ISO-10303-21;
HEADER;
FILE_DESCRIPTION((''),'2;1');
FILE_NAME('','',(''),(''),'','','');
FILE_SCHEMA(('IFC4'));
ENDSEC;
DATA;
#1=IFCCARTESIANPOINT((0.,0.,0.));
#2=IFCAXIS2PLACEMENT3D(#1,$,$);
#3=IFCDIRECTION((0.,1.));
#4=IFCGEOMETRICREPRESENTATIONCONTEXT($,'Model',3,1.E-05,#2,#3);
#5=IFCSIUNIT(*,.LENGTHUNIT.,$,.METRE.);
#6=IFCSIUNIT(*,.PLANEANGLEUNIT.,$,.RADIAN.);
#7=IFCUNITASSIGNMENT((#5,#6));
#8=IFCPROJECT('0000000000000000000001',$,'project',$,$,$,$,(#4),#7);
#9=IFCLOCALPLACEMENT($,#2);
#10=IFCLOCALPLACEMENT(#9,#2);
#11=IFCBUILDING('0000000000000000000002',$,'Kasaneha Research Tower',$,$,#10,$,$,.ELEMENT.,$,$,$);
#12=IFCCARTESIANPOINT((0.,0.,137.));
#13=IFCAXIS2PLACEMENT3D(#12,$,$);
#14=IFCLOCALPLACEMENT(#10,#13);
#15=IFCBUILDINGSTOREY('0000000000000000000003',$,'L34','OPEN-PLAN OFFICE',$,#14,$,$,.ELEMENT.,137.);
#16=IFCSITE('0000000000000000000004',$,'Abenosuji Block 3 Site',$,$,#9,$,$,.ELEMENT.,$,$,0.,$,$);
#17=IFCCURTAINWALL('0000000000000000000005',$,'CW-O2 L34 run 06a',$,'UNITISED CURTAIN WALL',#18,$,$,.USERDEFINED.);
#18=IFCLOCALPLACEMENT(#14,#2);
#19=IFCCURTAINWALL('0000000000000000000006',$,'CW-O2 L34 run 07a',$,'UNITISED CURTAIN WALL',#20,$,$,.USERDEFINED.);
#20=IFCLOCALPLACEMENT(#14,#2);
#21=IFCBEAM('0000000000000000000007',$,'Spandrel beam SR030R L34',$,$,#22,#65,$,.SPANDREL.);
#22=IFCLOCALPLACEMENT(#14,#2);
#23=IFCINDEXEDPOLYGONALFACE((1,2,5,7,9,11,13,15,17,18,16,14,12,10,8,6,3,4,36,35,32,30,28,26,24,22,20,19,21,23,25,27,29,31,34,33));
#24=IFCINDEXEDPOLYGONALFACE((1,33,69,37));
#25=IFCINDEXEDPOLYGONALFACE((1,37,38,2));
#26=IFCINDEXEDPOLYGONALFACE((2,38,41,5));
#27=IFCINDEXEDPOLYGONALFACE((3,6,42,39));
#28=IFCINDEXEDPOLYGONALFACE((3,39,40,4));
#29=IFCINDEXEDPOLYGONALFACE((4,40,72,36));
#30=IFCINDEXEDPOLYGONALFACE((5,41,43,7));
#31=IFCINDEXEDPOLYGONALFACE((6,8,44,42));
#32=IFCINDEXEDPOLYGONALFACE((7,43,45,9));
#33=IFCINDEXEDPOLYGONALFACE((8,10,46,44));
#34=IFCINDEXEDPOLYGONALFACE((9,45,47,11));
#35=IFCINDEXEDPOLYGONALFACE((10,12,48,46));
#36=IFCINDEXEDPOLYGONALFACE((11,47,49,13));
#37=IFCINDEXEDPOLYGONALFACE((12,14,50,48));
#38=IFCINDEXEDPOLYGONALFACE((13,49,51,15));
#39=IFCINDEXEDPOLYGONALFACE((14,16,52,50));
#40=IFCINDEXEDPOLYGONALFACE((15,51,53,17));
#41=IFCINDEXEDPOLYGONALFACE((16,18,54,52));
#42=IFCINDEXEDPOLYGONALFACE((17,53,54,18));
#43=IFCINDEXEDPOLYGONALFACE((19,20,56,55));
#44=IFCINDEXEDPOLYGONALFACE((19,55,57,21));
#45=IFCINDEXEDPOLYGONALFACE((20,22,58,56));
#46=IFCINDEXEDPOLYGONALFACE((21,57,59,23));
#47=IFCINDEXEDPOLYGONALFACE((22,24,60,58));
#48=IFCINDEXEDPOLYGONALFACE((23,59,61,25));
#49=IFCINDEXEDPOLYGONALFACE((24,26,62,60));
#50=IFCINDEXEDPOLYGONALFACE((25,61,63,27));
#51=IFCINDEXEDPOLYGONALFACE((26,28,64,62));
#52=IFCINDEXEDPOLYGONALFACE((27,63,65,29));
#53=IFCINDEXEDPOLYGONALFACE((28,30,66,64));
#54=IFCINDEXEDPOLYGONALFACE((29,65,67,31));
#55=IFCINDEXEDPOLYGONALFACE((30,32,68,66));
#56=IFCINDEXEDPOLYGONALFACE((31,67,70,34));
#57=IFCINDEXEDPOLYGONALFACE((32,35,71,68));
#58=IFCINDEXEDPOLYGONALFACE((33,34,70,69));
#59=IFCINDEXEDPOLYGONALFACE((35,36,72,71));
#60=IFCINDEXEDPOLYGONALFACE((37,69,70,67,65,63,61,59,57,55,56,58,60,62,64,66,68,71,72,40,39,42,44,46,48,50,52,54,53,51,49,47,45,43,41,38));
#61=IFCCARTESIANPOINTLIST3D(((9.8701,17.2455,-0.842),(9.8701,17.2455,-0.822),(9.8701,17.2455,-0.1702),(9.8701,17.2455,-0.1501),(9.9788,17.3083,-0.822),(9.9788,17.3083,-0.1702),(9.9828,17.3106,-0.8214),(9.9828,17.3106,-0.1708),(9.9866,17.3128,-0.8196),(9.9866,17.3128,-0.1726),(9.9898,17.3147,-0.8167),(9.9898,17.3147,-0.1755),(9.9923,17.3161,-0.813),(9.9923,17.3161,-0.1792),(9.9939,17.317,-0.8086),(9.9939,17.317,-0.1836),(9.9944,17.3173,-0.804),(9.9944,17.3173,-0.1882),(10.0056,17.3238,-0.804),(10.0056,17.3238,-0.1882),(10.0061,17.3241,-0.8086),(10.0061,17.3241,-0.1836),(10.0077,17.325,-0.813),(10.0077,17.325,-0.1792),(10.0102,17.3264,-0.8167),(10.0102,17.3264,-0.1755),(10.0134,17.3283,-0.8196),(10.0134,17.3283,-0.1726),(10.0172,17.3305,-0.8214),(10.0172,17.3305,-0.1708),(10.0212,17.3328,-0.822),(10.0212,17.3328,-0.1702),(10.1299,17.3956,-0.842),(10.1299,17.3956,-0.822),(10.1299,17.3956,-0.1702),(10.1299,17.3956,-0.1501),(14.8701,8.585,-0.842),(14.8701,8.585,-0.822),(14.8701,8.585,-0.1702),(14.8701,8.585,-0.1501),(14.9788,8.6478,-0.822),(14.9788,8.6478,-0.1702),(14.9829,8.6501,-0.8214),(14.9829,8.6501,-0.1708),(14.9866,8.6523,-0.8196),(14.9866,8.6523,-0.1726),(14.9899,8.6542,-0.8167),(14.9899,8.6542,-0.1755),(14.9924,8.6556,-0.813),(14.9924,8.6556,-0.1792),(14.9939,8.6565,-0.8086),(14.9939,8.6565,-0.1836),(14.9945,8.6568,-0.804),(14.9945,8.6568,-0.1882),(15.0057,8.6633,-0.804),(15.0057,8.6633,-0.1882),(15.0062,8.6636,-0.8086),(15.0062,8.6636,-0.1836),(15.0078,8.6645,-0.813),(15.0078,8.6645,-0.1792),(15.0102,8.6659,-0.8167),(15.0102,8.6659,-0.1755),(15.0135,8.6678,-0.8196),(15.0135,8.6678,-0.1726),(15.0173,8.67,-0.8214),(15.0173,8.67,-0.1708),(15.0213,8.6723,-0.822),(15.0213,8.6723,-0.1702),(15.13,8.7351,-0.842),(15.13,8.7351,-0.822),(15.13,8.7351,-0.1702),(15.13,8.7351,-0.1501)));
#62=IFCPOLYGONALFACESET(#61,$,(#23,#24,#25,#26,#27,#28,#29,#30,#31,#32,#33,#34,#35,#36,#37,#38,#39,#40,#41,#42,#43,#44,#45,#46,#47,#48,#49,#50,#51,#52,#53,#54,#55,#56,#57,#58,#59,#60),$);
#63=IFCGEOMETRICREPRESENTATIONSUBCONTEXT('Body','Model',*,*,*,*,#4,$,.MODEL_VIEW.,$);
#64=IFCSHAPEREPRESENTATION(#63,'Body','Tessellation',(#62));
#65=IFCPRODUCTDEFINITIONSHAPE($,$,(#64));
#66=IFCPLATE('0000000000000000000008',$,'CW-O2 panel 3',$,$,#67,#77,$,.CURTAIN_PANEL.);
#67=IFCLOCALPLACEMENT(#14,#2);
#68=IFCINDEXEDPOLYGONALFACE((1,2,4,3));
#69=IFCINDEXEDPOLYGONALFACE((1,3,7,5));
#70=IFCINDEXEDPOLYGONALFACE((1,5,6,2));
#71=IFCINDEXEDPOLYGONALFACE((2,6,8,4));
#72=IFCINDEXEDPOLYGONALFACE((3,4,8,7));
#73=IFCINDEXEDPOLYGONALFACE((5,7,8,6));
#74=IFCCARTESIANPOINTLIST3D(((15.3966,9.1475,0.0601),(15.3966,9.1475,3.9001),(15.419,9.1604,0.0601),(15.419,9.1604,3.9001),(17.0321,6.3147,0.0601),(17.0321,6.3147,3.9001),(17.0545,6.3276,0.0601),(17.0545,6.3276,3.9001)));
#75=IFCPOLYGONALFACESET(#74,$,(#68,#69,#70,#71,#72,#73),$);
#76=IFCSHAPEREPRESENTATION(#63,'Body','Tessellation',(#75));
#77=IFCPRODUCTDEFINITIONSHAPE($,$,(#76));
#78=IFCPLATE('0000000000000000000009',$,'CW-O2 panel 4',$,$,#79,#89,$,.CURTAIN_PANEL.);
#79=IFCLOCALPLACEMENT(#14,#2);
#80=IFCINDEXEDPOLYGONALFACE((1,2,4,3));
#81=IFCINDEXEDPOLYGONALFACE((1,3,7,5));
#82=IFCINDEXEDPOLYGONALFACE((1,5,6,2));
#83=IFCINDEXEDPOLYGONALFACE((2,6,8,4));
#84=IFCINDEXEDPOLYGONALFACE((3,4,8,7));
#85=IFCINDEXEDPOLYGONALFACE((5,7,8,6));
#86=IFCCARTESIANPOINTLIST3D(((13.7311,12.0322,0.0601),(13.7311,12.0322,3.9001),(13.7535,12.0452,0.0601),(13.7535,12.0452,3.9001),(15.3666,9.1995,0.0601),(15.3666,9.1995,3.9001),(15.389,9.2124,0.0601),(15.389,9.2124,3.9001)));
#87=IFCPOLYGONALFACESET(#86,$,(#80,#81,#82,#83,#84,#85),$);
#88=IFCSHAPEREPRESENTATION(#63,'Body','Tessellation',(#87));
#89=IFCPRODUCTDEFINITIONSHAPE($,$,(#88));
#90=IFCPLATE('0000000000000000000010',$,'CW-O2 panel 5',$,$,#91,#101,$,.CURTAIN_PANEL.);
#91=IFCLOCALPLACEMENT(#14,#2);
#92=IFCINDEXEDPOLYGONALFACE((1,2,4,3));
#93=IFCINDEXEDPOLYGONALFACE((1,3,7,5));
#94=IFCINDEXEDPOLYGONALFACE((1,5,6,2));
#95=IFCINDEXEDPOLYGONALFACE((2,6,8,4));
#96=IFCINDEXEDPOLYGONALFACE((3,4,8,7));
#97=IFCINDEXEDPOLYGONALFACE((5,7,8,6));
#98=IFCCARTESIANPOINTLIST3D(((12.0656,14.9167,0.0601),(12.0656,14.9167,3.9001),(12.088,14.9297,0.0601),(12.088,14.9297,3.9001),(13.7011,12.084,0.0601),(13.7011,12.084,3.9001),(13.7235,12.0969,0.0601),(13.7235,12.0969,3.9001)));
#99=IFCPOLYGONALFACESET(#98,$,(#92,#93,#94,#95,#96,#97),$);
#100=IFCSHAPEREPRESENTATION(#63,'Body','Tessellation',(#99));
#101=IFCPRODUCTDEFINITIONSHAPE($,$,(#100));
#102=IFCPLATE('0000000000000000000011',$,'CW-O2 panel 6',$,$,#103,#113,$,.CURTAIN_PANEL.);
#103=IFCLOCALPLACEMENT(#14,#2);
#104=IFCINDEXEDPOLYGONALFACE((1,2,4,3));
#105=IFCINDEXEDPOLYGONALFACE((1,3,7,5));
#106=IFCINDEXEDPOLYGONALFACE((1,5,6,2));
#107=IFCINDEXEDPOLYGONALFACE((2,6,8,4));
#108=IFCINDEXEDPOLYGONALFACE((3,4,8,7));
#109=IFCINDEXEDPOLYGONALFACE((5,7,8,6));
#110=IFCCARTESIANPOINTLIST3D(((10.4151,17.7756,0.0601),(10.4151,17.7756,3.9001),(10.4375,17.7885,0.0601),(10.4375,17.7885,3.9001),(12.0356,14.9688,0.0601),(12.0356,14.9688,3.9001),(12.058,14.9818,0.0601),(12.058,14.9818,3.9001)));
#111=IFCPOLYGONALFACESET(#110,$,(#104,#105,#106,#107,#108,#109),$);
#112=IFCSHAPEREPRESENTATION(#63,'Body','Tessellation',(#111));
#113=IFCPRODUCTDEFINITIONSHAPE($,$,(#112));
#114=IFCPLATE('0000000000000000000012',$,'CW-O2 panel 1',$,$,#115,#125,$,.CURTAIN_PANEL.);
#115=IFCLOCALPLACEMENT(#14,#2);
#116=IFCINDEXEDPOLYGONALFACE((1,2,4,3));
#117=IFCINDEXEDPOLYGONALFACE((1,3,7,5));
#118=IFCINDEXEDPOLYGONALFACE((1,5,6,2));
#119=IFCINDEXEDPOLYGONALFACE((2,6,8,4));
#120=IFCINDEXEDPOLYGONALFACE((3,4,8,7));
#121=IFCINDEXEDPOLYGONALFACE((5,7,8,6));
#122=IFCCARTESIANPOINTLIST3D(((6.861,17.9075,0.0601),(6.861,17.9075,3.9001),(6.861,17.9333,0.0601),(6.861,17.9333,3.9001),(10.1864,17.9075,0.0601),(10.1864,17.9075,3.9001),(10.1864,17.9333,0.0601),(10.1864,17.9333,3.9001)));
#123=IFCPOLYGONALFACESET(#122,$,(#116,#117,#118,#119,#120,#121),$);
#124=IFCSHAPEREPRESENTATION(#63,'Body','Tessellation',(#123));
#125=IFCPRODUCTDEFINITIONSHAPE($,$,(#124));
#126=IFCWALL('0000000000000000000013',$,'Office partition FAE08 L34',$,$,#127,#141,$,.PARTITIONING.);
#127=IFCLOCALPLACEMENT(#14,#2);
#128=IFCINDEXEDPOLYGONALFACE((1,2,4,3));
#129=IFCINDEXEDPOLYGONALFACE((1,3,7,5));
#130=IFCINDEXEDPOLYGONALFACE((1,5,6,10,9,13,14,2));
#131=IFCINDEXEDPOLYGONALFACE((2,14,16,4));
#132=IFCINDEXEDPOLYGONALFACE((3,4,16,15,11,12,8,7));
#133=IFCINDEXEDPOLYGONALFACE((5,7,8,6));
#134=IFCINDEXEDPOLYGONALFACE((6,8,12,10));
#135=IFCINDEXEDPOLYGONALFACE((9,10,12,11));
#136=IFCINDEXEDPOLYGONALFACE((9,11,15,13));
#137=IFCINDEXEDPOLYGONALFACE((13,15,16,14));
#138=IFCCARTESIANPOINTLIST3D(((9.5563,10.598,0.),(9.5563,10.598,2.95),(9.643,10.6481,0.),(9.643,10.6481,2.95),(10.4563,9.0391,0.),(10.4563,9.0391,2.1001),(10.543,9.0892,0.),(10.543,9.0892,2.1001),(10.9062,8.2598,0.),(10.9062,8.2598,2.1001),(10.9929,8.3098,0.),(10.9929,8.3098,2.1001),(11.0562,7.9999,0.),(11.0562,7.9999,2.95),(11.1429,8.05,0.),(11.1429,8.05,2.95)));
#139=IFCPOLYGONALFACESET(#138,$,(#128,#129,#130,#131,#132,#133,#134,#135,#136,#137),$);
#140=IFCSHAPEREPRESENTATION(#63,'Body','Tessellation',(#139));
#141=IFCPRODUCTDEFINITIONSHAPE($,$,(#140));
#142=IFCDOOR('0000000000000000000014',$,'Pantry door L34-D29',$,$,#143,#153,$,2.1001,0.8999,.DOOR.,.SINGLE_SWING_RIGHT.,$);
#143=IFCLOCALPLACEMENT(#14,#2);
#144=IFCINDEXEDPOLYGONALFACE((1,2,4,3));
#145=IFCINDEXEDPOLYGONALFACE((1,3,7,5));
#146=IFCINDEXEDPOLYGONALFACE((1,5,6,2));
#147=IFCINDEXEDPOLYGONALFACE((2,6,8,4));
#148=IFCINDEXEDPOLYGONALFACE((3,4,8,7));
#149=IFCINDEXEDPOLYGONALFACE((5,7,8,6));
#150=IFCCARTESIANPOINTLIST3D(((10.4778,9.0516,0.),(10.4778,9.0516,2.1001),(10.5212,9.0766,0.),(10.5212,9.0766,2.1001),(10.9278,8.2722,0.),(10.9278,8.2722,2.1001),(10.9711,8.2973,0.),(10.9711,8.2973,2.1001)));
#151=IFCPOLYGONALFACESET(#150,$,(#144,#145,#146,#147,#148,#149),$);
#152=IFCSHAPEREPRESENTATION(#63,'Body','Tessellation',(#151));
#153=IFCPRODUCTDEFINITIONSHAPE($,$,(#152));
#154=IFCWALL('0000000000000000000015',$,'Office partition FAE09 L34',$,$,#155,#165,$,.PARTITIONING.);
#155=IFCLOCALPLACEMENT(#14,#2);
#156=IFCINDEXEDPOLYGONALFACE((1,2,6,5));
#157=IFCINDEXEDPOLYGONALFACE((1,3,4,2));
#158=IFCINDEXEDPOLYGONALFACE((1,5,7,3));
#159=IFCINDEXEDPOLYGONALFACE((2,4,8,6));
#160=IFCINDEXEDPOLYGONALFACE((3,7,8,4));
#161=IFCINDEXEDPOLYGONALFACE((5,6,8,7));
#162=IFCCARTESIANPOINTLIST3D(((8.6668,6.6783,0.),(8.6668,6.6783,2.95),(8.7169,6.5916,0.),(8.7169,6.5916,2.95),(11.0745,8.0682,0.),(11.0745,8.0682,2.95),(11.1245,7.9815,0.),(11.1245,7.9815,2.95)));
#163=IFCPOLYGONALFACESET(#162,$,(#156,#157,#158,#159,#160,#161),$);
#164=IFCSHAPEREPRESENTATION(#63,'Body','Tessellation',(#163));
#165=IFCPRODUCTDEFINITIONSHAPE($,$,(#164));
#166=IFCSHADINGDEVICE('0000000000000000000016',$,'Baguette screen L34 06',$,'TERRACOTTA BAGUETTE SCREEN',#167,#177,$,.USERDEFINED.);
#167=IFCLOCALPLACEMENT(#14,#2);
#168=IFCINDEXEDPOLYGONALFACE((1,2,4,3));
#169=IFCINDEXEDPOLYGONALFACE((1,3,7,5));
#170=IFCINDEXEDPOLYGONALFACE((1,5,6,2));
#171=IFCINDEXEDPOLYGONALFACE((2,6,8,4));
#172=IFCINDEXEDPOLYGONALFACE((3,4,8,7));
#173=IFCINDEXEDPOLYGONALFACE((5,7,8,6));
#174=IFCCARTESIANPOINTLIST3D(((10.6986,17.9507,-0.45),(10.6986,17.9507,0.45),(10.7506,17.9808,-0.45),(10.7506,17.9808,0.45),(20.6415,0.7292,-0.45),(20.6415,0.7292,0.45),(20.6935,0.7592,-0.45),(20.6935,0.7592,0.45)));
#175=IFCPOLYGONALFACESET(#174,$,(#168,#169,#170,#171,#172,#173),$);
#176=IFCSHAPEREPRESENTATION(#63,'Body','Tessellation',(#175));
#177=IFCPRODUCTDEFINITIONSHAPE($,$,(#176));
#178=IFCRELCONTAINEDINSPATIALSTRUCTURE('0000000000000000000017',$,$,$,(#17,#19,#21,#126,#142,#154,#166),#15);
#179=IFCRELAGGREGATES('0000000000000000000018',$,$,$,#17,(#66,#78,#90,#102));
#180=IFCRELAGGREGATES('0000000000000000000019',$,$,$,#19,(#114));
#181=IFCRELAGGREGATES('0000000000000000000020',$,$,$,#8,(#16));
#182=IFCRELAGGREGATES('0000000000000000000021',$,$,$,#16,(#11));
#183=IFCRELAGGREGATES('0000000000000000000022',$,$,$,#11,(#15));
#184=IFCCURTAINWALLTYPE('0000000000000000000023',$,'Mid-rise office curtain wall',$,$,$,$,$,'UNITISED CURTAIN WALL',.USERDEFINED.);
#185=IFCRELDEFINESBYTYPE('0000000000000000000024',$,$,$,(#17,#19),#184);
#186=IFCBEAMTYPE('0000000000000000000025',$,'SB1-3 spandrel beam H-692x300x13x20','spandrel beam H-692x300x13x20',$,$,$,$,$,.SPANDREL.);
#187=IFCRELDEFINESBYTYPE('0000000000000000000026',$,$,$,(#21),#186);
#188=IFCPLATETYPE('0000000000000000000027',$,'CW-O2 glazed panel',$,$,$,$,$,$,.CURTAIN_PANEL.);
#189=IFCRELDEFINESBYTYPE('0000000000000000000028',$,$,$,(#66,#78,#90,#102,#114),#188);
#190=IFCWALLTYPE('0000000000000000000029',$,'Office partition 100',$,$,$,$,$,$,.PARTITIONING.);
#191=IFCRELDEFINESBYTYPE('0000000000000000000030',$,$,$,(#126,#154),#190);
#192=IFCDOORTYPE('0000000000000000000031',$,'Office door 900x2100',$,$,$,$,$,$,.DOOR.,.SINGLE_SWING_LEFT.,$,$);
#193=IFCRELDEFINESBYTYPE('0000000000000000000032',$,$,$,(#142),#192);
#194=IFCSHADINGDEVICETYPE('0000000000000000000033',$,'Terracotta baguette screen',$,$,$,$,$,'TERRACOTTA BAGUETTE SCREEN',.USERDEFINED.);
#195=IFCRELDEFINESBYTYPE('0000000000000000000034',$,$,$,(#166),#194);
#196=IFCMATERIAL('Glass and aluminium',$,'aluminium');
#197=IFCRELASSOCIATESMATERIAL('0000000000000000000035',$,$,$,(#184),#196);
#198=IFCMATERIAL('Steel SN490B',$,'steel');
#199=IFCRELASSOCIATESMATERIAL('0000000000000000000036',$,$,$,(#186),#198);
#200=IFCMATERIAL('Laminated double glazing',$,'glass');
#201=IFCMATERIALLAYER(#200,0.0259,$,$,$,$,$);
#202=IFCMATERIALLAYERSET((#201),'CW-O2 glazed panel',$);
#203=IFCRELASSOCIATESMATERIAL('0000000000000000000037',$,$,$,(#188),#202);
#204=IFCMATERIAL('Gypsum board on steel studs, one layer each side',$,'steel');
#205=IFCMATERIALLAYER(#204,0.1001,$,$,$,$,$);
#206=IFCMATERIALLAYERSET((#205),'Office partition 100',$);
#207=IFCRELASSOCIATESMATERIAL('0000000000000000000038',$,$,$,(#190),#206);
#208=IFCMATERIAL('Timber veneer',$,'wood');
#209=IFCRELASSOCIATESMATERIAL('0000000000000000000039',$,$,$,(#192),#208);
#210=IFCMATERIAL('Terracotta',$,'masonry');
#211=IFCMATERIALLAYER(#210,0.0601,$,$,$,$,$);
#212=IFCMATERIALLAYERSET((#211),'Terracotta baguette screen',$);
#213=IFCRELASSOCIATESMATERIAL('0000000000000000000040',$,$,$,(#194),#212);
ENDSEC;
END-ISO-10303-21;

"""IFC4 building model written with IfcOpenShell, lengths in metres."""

from ifc_helpers import new_model, si_unit, direction, frame, frame_2d, origin, origin_2d, place, context, subcontext, project, spatial, rectangle, i_section, extrude, material, layer, layer_set, material_profile, profile_set, type_object, element, fill, aggregate, save


model = new_model("IFC4")

# Units and contexts
model_context = context("Model", 3, precision=1e-05, world=origin(), true_north=direction((0.0, 1.0)))
body_context = subcontext(model_context, "Body", "Model", "MODEL_VIEW")
ifc_project = project(units=[si_unit("LENGTHUNIT", "METRE"), si_unit("PLANEANGLEUNIT", "RADIAN")], contexts=[model_context])

# Site, building, storey
site_placement = place(None, origin())
site = spatial("IfcSite", under=ifc_project, at=site_placement, Name="Abenosuji Block 3 Site", CompositionType="ELEMENT", RefElevation=0.0)
building_placement = place(site_placement, origin())
building = spatial("IfcBuilding", under=site, at=building_placement, Name="Kasaneha Research Tower", CompositionType="ELEMENT")
storey_placement = place(building_placement, frame((0.0, 0.0, 137.0)))
storey = spatial("IfcBuildingStorey", under=building, at=storey_placement, Name="L34", Description="OPEN-PLAN OFFICE", CompositionType="ELEMENT", Elevation=137.0)

# Curtain wall
ifc_material_1 = material(Name="Glass and aluminium", Category="aluminium")
curtain_wall_type = type_object("IfcCurtainWallType", Name="Mid-rise office curtain wall", ElementType="UNITISED CURTAIN WALL", PredefinedType="USERDEFINED", material=ifc_material_1)
curtain_wall_1_placement = place(storey_placement, origin())
curtain_wall_1 = element("IfcCurtainWall", 1, at=curtain_wall_1_placement, inside=storey, type_object=curtain_wall_type, Name="CW-O2 L34 run 06a", ObjectType="UNITISED CURTAIN WALL", PredefinedType="USERDEFINED")

# Curtain wall
curtain_wall_2_placement = place(storey_placement, origin())
curtain_wall_2 = element("IfcCurtainWall", 2, at=curtain_wall_2_placement, inside=storey, type_object=curtain_wall_type, Name="CW-O2 L34 run 07a", ObjectType="UNITISED CURTAIN WALL", PredefinedType="USERDEFINED")

# Beam
ifc_material_2 = material(Name="Steel SN490B", Category="steel")
ifc_material_profile_1 = material_profile(ifc_material_2, i_section(OverallWidth=0.3, OverallDepth=0.6919, WebThickness=0.0129, FlangeThickness=0.02, FilletRadius=0.0181, at=origin_2d()), Name="H-692x300x13x20")
ifc_profile_set_1 = profile_set([ifc_material_profile_1], Name="Steel SN490B")
beam_type_1 = type_object("IfcBeamType", Name="SB1-3 spandrel beam H-692x300x13x20", Description="spandrel beam H-692x300x13x20", PredefinedType="SPANDREL", material=ifc_profile_set_1)
beam_1_placement = place(storey_placement, frame((10.0, 17.3206, -0.4961), z_axis=(0.499994, -0.866029, 0.0), x_axis=(0.866029, 0.499994, 0.0)))
element("IfcBeam", 3, at=beam_1_placement, inside=storey, type_object=beam_type_1, Name="Spandrel beam SR030R L34", PredefinedType="SPANDREL", context=body_context, shape_type="SweptSolid", body=[
    extrude(i_section(OverallWidth=0.3, OverallDepth=0.6919, WebThickness=0.0129, FlangeThickness=0.02, FilletRadius=0.0181, at=origin_2d()), origin(), (0.0, 0.0, 1.0), 10.0002),
])

# Plates
ifc_material_3 = material(Name="Laminated double glazing", Category="glass")
ifc_layer_1 = layer(ifc_material_3, 0.0259)
ifc_layer_set_1 = layer_set([ifc_layer_1], Name="CW-O2 glazed panel")
plate_type = type_object("IfcPlateType", Name="CW-O2 glazed panel", PredefinedType="CURTAIN_PANEL", material=ifc_layer_set_1)
plate_1_placement = place(storey_placement, frame((16.2256, 7.7375, 0.0601), z_axis=(0.0, 0.0, 1.0), x_axis=(-0.5, 0.866025, 0.0)))
plate_1 = element("IfcPlate", 4, at=plate_1_placement, type_object=plate_type, Name="CW-O2 panel 3", PredefinedType="CURTAIN_PANEL", context=body_context, shape_type="SweptSolid", body=[
    extrude(rectangle(XDim=3.271, YDim=0.0259, at=origin_2d()), origin(), (0.0, 0.0, 1.0), 3.8401),
])
plate_2_placement = place(storey_placement, frame((14.5601, 10.6223, 0.0601), z_axis=(0.0, 0.0, 1.0), x_axis=(-0.5, 0.866025, 0.0)))
plate_2 = element("IfcPlate", 5, at=plate_2_placement, type_object=plate_type, Name="CW-O2 panel 4", PredefinedType="CURTAIN_PANEL", context=body_context, shape_type="SweptSolid", body=[
    extrude(rectangle(XDim=3.271, YDim=0.0259, at=origin_2d()), origin(), (0.0, 0.0, 1.0), 3.8401),
])
plate_3_placement = place(storey_placement, frame((12.8945, 13.5068, 0.0601), z_axis=(0.0, 0.0, 1.0), x_axis=(-0.5, 0.866025, 0.0)))
plate_3 = element("IfcPlate", 6, at=plate_3_placement, type_object=plate_type, Name="CW-O2 panel 5", PredefinedType="CURTAIN_PANEL", context=body_context, shape_type="SweptSolid", body=[
    extrude(rectangle(XDim=3.271, YDim=0.0259, at=origin_2d()), origin(), (0.0, 0.0, 1.0), 3.8401),
])
plate_4_placement = place(storey_placement, frame((11.2366, 16.3787, 0.0601), z_axis=(0.0, 0.0, 1.0), x_axis=(-0.5, 0.866025, 0.0)))
plate_4 = element("IfcPlate", 7, at=plate_4_placement, type_object=plate_type, Name="CW-O2 panel 6", PredefinedType="CURTAIN_PANEL", context=body_context, shape_type="SweptSolid", body=[
    extrude(rectangle(XDim=3.241, YDim=0.0259, at=origin_2d()), origin(), (0.0, 0.0, 1.0), 3.8401),
])
aggregate(curtain_wall_1, [plate_1, plate_2, plate_3, plate_4])
plate_5_placement = place(storey_placement, frame((8.5237, 17.9204, 0.0601), z_axis=(0.0, 0.0, 1.0), x_axis=(-1.0, 0.0, 0.0)))
plate_5 = element("IfcPlate", 8, at=plate_5_placement, type_object=plate_type, Name="CW-O2 panel 1", PredefinedType="CURTAIN_PANEL", context=body_context, shape_type="SweptSolid", body=[
    extrude(rectangle(XDim=3.3254, YDim=0.0259, at=origin_2d()), origin(), (0.0, 0.0, 1.0), 3.8401),
])
aggregate(curtain_wall_2, [plate_5])

# Wall, opening, door
ifc_material_4 = material(Name="Gypsum board on steel studs, one layer each side", Category="steel")
ifc_layer_2 = layer(ifc_material_4, 0.1001)
ifc_layer_set_2 = layer_set([ifc_layer_2], Name="Office partition 100")
wall_type = type_object("IfcWallType", Name="Office partition 100", PredefinedType="PARTITIONING", material=ifc_layer_set_2)
wall_1_placement = place(storey_placement, frame((9.5996, 10.623, 0.0), z_axis=(0.0, 0.0, 1.0), x_axis=(0.49999, -0.866031, 0.0)))
wall_1 = element("IfcWall", 9, at=wall_1_placement, inside=storey, type_object=wall_type, Name="Office partition FAE08 L34", PredefinedType="PARTITIONING", context=body_context, shape_type="SweptSolid", body=[
    extrude(rectangle(XDim=3.0, YDim=0.1001, at=frame_2d((1.5, 0.0))), origin(), (0.0, 0.0, 1.0), 2.95),
])
opening_placement = place(wall_1_placement, frame((1.8, 0.0, 0.0)))
opening = element("IfcOpeningElement", 10, at=opening_placement, cuts=wall_1, PredefinedType="OPENING", context=body_context, shape_type="SweptSolid", body=[
    extrude(rectangle(XDim=0.8999, YDim=2.1001, at=frame_2d((0.45, 1.05))), frame((0.0, 0.0601, 0.0), z_axis=(0.0, -1.0, 0.0), x_axis=(1.0, 0.0, 0.0)), (0.0, 0.0, 1.0), 0.1201),
])
ifc_material_5 = material(Name="Timber veneer", Category="wood")
door_type = type_object("IfcDoorType", Name="Office door 900x2100", OperationType="SINGLE_SWING_LEFT", PredefinedType="DOOR", material=ifc_material_5)
door_placement = place(opening_placement, origin())
door = element("IfcDoor", 11, at=door_placement, inside=storey, type_object=door_type, Name="Pantry door L34-D29", OperationType="SINGLE_SWING_RIGHT", OverallHeight=2.1001, OverallWidth=0.8999, PredefinedType="DOOR", context=body_context, shape_type="SweptSolid", body=[
    extrude(rectangle(XDim=0.8999, YDim=2.1001, at=frame_2d((0.45, 1.05))), frame((0.0, 0.0249, 0.0), z_axis=(0.0, -1.0, 0.0), x_axis=(1.0, 0.0, 0.0)), (0.0, 0.0, 1.0), 0.05),
])
fill(opening, door)

# Wall
wall_2_placement = place(storey_placement, frame((11.0996, 8.0249, 0.0), z_axis=(0.0, 0.0, 1.0), x_axis=(-0.866057, -0.499945, 0.0)))
element("IfcWall", 12, at=wall_2_placement, inside=storey, type_object=wall_type, Name="Office partition FAE09 L34", PredefinedType="PARTITIONING", context=body_context, shape_type="SweptSolid", body=[
    extrude(rectangle(XDim=2.78, YDim=0.1001, at=frame_2d((1.3901, 0.0))), origin(), (0.0, 0.0, 1.0), 2.95),
])

# Shading device
ifc_material_6 = material(Name="Terracotta", Category="masonry")
ifc_layer_3 = layer(ifc_material_6, 0.0601)
ifc_layer_set_3 = layer_set([ifc_layer_3], Name="Terracotta baguette screen")
shading_device_type = type_object("IfcShadingDeviceType", Name="Terracotta baguette screen", ElementType="TERRACOTTA BAGUETTE SCREEN", PredefinedType="USERDEFINED", material=ifc_layer_set_3)
shading_device_placement = place(storey_placement, frame((15.696, 9.355, -0.45), z_axis=(0.0, 0.0, 1.0), x_axis=(-0.5, 0.866025, 0.0)))
element("IfcShadingDevice", 13, at=shading_device_placement, inside=storey, type_object=shading_device_type, Name="Baguette screen L34 06", ObjectType="TERRACOTTA BAGUETTE SCREEN", PredefinedType="USERDEFINED", context=body_context, shape_type="SweptSolid", body=[
    extrude(rectangle(XDim=19.8857, YDim=0.0601, at=origin_2d()), origin(), (0.0, 0.0, 1.0), 0.8999),
])

save(model, "model.ifc")
